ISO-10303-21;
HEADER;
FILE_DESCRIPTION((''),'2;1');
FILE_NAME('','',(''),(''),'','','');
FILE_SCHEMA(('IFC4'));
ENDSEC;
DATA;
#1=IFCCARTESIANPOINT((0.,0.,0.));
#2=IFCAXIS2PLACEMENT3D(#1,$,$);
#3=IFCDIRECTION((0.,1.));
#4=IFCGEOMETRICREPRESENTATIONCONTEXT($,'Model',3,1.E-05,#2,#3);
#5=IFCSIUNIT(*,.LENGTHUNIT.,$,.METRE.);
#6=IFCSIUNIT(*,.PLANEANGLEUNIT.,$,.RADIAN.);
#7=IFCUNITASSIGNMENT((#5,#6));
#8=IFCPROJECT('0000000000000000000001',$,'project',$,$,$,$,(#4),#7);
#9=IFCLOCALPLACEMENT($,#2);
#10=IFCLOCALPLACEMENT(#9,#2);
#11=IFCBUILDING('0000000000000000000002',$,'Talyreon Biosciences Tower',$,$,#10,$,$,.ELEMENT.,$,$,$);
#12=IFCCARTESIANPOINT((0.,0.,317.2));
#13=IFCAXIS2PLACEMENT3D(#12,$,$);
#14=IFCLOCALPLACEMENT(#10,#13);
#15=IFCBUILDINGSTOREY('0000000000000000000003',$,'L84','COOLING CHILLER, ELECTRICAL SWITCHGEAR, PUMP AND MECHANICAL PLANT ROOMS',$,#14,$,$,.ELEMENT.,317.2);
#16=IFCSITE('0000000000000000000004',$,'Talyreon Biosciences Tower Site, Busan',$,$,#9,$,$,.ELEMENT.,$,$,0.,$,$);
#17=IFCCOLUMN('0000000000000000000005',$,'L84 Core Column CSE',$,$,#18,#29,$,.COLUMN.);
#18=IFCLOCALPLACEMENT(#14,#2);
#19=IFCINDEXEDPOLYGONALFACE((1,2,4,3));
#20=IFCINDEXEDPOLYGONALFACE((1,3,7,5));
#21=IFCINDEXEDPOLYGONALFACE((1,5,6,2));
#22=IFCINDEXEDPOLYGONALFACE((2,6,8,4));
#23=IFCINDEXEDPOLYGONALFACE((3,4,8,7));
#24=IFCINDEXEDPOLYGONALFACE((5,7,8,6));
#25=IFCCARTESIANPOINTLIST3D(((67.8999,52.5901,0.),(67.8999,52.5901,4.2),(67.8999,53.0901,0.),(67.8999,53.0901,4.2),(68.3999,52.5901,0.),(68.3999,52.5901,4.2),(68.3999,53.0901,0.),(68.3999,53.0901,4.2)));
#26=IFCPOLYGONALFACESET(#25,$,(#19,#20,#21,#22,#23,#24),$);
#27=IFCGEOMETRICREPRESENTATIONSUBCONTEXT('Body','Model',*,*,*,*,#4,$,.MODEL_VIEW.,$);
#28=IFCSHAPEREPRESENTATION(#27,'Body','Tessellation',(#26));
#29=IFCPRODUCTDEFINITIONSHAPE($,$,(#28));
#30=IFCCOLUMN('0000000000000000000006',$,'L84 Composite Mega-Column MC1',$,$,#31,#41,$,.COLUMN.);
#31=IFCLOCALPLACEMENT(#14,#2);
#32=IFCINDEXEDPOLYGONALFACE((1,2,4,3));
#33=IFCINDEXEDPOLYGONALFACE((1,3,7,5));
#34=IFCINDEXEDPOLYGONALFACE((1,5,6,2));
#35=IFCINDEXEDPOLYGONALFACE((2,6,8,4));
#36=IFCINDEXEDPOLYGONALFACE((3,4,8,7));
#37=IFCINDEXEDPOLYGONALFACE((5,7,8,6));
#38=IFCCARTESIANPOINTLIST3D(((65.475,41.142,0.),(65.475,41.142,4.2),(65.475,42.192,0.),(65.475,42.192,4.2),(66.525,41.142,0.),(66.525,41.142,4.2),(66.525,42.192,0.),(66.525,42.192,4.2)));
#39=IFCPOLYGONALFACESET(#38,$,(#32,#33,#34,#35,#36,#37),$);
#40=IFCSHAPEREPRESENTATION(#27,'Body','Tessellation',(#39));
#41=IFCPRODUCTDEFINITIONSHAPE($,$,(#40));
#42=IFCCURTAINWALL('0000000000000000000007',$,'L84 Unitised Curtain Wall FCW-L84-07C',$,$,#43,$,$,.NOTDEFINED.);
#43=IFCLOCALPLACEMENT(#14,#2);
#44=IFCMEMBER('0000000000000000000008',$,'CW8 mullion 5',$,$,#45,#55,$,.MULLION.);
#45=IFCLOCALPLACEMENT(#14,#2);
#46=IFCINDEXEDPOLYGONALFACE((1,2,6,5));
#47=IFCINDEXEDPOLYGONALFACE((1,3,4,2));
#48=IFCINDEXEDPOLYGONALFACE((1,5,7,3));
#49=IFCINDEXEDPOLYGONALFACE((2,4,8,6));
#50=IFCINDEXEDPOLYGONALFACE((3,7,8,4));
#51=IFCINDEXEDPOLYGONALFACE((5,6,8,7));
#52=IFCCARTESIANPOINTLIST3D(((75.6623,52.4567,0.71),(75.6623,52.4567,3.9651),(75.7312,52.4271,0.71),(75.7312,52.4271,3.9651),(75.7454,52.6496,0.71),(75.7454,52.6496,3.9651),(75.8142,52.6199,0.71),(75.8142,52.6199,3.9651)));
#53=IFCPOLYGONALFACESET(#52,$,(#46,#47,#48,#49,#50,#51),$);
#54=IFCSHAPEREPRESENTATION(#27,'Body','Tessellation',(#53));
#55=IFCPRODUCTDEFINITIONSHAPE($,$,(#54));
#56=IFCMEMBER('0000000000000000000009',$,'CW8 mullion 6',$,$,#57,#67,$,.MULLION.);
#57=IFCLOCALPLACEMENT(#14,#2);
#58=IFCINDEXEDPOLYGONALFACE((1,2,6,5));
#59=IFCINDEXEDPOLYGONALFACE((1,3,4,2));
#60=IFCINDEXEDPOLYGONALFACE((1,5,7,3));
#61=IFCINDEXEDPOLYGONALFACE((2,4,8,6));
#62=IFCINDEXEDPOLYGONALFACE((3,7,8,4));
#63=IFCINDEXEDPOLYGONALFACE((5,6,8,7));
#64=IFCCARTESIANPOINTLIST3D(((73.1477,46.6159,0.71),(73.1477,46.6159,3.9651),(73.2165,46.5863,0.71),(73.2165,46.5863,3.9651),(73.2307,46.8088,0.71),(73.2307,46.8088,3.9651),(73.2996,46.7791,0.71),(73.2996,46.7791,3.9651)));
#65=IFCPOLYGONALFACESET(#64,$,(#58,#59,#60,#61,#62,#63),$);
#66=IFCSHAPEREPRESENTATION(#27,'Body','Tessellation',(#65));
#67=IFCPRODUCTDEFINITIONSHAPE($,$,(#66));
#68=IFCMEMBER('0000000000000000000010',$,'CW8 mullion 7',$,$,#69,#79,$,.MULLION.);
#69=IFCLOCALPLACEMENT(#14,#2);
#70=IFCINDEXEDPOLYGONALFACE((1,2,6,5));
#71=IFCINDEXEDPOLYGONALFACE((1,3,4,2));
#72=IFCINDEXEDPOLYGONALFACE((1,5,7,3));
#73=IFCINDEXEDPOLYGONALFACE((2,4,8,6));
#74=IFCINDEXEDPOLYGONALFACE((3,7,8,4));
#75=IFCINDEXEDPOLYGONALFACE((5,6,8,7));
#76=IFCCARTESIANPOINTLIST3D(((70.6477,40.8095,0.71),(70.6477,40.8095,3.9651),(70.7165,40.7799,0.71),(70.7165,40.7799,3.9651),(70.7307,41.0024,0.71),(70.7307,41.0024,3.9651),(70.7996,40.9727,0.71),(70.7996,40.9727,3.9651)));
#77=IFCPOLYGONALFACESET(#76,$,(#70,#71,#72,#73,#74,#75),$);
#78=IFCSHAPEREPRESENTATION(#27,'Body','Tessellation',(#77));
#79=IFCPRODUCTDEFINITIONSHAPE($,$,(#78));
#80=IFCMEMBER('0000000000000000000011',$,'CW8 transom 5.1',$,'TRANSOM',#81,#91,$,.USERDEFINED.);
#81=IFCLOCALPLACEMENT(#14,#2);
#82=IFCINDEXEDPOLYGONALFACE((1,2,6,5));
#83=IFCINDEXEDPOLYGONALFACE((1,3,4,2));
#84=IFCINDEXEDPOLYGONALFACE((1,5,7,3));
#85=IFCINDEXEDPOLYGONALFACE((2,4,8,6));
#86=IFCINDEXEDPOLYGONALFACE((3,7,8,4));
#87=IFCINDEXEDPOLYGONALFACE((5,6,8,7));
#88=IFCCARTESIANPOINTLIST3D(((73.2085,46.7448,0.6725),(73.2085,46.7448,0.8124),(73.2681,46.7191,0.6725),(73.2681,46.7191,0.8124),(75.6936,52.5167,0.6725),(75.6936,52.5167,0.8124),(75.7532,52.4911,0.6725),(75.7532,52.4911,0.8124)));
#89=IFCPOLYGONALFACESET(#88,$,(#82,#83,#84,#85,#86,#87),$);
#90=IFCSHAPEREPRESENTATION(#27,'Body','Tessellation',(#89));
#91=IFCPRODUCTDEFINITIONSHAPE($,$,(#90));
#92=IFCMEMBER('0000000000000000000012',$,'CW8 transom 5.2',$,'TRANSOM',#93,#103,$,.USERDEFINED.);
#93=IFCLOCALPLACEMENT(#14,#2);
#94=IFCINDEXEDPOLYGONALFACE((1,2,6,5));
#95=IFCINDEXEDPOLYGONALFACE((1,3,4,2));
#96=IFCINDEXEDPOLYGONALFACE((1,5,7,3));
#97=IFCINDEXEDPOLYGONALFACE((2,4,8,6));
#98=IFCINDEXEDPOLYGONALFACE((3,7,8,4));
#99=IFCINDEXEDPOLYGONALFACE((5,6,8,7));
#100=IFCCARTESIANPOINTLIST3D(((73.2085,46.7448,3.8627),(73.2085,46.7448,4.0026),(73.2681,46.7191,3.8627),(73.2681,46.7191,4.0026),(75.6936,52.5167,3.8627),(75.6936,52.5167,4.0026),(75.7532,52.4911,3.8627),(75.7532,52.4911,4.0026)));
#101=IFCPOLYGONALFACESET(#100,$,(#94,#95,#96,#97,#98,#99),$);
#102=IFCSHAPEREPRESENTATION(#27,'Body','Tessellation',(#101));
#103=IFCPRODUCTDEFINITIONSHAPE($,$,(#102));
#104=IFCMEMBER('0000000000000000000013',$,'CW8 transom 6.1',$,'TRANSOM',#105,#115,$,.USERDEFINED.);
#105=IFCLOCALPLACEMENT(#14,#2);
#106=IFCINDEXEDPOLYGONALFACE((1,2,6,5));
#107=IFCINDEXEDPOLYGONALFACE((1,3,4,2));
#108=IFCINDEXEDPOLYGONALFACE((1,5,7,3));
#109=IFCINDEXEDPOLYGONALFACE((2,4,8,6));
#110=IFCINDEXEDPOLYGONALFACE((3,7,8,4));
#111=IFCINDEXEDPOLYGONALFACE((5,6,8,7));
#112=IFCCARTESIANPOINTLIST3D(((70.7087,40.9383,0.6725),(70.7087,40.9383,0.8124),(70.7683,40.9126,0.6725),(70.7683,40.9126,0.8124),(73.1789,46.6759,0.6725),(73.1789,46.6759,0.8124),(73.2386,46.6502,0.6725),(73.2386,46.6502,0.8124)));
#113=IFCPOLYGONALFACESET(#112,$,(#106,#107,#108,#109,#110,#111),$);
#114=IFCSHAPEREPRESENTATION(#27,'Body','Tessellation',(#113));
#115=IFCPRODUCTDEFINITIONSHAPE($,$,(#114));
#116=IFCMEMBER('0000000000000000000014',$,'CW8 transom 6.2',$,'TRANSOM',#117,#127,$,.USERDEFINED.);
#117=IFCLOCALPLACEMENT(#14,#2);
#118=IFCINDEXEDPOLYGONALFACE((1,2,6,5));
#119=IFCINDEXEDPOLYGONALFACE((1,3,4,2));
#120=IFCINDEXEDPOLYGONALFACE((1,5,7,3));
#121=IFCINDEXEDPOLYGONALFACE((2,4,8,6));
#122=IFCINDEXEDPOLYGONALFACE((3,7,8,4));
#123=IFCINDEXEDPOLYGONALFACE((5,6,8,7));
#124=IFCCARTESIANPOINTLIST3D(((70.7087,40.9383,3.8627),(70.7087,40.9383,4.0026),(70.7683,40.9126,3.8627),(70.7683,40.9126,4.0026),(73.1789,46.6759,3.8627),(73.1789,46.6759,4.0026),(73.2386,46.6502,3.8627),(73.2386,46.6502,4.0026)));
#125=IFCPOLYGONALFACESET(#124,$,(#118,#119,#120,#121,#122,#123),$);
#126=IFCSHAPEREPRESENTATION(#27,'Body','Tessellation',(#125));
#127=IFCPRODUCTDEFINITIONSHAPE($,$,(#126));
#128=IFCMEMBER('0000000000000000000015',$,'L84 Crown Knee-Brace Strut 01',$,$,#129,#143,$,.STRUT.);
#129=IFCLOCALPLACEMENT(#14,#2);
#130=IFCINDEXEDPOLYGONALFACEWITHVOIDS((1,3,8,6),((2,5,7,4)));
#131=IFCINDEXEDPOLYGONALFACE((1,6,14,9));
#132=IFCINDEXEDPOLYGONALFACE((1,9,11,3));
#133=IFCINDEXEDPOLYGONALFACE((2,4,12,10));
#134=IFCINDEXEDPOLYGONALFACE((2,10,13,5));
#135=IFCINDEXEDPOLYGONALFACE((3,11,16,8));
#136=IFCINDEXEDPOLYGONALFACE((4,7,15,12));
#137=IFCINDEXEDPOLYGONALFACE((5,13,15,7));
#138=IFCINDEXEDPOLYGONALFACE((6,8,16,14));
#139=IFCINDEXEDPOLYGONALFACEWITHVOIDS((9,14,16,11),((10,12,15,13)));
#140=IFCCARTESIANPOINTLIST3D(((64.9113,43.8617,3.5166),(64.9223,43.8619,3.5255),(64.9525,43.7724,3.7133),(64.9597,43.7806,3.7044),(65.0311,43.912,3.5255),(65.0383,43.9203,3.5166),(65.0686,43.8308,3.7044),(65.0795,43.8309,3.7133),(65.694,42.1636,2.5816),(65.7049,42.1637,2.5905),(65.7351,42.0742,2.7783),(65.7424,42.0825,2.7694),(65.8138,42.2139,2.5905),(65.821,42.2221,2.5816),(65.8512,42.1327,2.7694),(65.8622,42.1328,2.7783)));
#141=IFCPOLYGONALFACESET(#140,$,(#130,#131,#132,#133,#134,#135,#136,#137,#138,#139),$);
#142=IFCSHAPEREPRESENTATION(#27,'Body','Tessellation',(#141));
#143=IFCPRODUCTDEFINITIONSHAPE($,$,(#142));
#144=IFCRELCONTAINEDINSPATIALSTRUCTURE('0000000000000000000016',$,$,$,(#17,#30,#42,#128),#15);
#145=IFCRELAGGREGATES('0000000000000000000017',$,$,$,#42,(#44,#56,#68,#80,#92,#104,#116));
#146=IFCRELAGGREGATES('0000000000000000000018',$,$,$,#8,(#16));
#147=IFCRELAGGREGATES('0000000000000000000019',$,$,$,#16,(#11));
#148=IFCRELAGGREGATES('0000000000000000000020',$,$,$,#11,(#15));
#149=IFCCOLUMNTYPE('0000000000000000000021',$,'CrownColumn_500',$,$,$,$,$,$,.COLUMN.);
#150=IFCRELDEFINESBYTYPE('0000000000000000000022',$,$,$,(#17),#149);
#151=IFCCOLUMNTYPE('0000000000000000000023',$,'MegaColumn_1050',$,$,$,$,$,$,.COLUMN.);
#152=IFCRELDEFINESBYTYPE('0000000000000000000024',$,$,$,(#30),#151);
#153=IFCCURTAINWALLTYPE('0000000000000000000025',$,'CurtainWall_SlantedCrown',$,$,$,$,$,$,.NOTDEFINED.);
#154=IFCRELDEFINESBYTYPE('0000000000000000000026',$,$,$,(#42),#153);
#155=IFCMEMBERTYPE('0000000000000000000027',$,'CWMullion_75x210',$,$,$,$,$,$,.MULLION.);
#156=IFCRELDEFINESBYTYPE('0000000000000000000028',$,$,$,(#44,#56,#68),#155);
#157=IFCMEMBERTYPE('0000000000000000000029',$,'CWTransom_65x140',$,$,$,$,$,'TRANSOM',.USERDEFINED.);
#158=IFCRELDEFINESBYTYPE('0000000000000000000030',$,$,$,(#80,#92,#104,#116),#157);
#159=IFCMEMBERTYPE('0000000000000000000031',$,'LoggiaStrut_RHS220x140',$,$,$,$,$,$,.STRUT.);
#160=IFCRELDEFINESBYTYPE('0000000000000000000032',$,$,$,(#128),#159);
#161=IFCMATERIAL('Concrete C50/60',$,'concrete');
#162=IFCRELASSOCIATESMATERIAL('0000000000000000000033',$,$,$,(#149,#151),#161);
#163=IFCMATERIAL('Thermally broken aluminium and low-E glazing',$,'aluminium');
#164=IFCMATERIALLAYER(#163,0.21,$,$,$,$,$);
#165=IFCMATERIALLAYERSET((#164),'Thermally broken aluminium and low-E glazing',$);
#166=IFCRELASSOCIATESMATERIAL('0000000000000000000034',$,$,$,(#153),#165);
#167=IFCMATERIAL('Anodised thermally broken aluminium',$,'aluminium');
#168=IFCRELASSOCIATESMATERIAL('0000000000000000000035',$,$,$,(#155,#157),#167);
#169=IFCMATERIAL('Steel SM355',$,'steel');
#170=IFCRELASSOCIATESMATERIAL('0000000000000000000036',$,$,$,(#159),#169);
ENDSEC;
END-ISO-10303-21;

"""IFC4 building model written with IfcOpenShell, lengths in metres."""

from ifc_helpers import new_model, si_unit, direction, frame, origin, origin_2d, place, context, subcontext, project, spatial, rectangle, hollow_rectangle, extrude, material, layer, layer_set, material_profile, profile_set, type_object, element, aggregate, save


model = new_model("IFC4")

# Units and contexts
model_context = context("Model", 3, precision=1e-05, world=origin(), true_north=direction((0.0, 1.0)))
body_context = subcontext(model_context, "Body", "Model", "MODEL_VIEW")
ifc_project = project(units=[si_unit("LENGTHUNIT", "METRE"), si_unit("PLANEANGLEUNIT", "RADIAN")], contexts=[model_context])

# Site, building, storey
site_placement = place(None, origin())
site = spatial("IfcSite", under=ifc_project, at=site_placement, Name="Talyreon Biosciences Tower Site, Busan", CompositionType="ELEMENT", RefElevation=0.0)
building_placement = place(site_placement, origin())
building = spatial("IfcBuilding", under=site, at=building_placement, Name="Talyreon Biosciences Tower", CompositionType="ELEMENT")
storey_placement = place(building_placement, frame((0.0, 0.0, 317.2)))
storey = spatial("IfcBuildingStorey", under=building, at=storey_placement, Name="L84", Description="COOLING CHILLER, ELECTRICAL SWITCHGEAR, PUMP AND MECHANICAL PLANT ROOMS", CompositionType="ELEMENT", Elevation=317.2)

# Columns
ifc_material_1 = material(Name="Concrete C50/60", Category="concrete")
ifc_material_profile_1 = material_profile(ifc_material_1, rectangle(XDim=0.5, YDim=0.5, at=origin_2d()), Name="RC 500x500")
ifc_profile_set_1 = profile_set([ifc_material_profile_1], Name="Concrete C50/60")
column_type_1 = type_object("IfcColumnType", Name="CrownColumn_500", PredefinedType="COLUMN", material=ifc_profile_set_1)
column_1_placement = place(storey_placement, frame((68.1499, 52.8401, 0.0), z_axis=(0.0, 0.0, 1.0), x_axis=(1.0, 0.0, 0.0)))
element("IfcColumn", 1, at=column_1_placement, inside=storey, type_object=column_type_1, Name="L84 Core Column CSE", PredefinedType="COLUMN", context=body_context, shape_type="SweptSolid", body=[
    extrude(rectangle(XDim=0.5, YDim=0.5, at=origin_2d()), origin(), (0.0, 0.0, 1.0), 4.2),
])
ifc_material_profile_2 = material_profile(ifc_material_1, rectangle(XDim=1.05, YDim=1.05, at=origin_2d()), Name="RC 1050x1050")
ifc_profile_set_2 = profile_set([ifc_material_profile_2], Name="Concrete C50/60")
column_type_2 = type_object("IfcColumnType", Name="MegaColumn_1050", PredefinedType="COLUMN", material=ifc_profile_set_2)
column_2_placement = place(storey_placement, frame((66.0, 41.667, 0.0), z_axis=(0.0, 0.0, 1.0), x_axis=(1.0, 0.0, 0.0)))
element("IfcColumn", 2, at=column_2_placement, inside=storey, type_object=column_type_2, Name="L84 Composite Mega-Column MC1", PredefinedType="COLUMN", context=body_context, shape_type="SweptSolid", body=[
    extrude(rectangle(XDim=1.05, YDim=1.05, at=origin_2d()), origin(), (0.0, 0.0, 1.0), 4.2),
])

# Curtain wall, members
ifc_material_2 = material(Name="Thermally broken aluminium and low-E glazing", Category="aluminium")
ifc_layer_1 = layer(ifc_material_2, 0.21)
ifc_layer_set_1 = layer_set([ifc_layer_1], Name="Thermally broken aluminium and low-E glazing")
curtain_wall_type = type_object("IfcCurtainWallType", Name="CurtainWall_SlantedCrown", PredefinedType="NOTDEFINED", material=ifc_layer_set_1)
curtain_wall_placement = place(storey_placement, origin())
curtain_wall = element("IfcCurtainWall", 3, at=curtain_wall_placement, inside=storey, type_object=curtain_wall_type, Name="L84 Unitised Curtain Wall FCW-L84-07C", PredefinedType="NOTDEFINED")
ifc_material_3 = material(Name="Anodised thermally broken aluminium", Category="aluminium")
ifc_material_profile_3 = material_profile(ifc_material_3, rectangle(XDim=0.075, YDim=0.21, at=origin_2d()), Name="ALUM MULLION 75x210")
ifc_profile_set_3 = profile_set([ifc_material_profile_3], Name="Anodised thermally broken aluminium")
member_type_1 = type_object("IfcMemberType", Name="CWMullion_75x210", PredefinedType="MULLION", material=ifc_profile_set_3)
member_1_placement = place(storey_placement, frame((75.7383, 52.5383, 0.71), z_axis=(0.0, 0.0, 1.0), x_axis=(0.918487, -0.395451, 0.0)))
member_1 = element("IfcMember", 4, at=member_1_placement, type_object=member_type_1, Name="CW8 mullion 5", PredefinedType="MULLION", context=body_context, shape_type="SweptSolid", body=[
    extrude(rectangle(XDim=0.075, YDim=0.21, at=origin_2d()), origin(), (0.0, 0.0, 1.0), 3.2551),
])
member_2_placement = place(storey_placement, frame((73.2236, 46.6975, 0.71), z_axis=(0.0, 0.0, 1.0), x_axis=(0.918487, -0.395451, 0.0)))
member_2 = element("IfcMember", 5, at=member_2_placement, type_object=member_type_1, Name="CW8 mullion 6", PredefinedType="MULLION", context=body_context, shape_type="SweptSolid", body=[
    extrude(rectangle(XDim=0.075, YDim=0.21, at=origin_2d()), origin(), (0.0, 0.0, 1.0), 3.2551),
])
member_3_placement = place(storey_placement, frame((70.7236, 40.8911, 0.71), z_axis=(0.0, 0.0, 1.0), x_axis=(0.918487, -0.395451, 0.0)))
member_3 = element("IfcMember", 6, at=member_3_placement, type_object=member_type_1, Name="CW8 mullion 7", PredefinedType="MULLION", context=body_context, shape_type="SweptSolid", body=[
    extrude(rectangle(XDim=0.075, YDim=0.21, at=origin_2d()), origin(), (0.0, 0.0, 1.0), 3.2551),
])
ifc_material_profile_4 = material_profile(ifc_material_3, rectangle(XDim=0.0649, YDim=0.1399, at=origin_2d()), Name="ALUM TRANSOM 65x140")
ifc_profile_set_4 = profile_set([ifc_material_profile_4], Name="Anodised thermally broken aluminium")
member_type_2 = type_object("IfcMemberType", Name="CWTransom_65x140", ElementType="TRANSOM", PredefinedType="USERDEFINED", material=ifc_profile_set_4)
member_4_placement = place(storey_placement, frame((75.7234, 52.5039, 0.7424), z_axis=(-0.395452, -0.918487, 0.0), x_axis=(0.918487, -0.395452, 0.0)))
member_4 = element("IfcMember", 7, at=member_4_placement, type_object=member_type_2, Name="CW8 transom 5.1", ObjectType="TRANSOM", PredefinedType="USERDEFINED", context=body_context, shape_type="SweptSolid", body=[
    extrude(rectangle(XDim=0.0649, YDim=0.1399, at=origin_2d()), origin(), (0.0, 0.0, 1.0), 6.2842),
])
member_5_placement = place(storey_placement, frame((75.7234, 52.5039, 3.9326), z_axis=(-0.395452, -0.918487, 0.0), x_axis=(0.918487, -0.395452, 0.0)))
member_5 = element("IfcMember", 8, at=member_5_placement, type_object=member_type_2, Name="CW8 transom 5.2", ObjectType="TRANSOM", PredefinedType="USERDEFINED", context=body_context, shape_type="SweptSolid", body=[
    extrude(rectangle(XDim=0.0649, YDim=0.1399, at=origin_2d()), origin(), (0.0, 0.0, 1.0), 6.2842),
])
member_6_placement = place(storey_placement, frame((73.2087, 46.6631, 0.7424), z_axis=(-0.395442, -0.918491, 0.0), x_axis=(0.918491, -0.395442, 0.0)))
member_6 = element("IfcMember", 9, at=member_6_placement, type_object=member_type_2, Name="CW8 transom 6.1", ObjectType="TRANSOM", PredefinedType="USERDEFINED", context=body_context, shape_type="SweptSolid", body=[
    extrude(rectangle(XDim=0.0649, YDim=0.1399, at=origin_2d()), origin(), (0.0, 0.0, 1.0), 6.2468),
])
member_7_placement = place(storey_placement, frame((73.2087, 46.6631, 3.9326), z_axis=(-0.395442, -0.918491, 0.0), x_axis=(0.918491, -0.395442, 0.0)))
member_7 = element("IfcMember", 10, at=member_7_placement, type_object=member_type_2, Name="CW8 transom 6.2", ObjectType="TRANSOM", PredefinedType="USERDEFINED", context=body_context, shape_type="SweptSolid", body=[
    extrude(rectangle(XDim=0.0649, YDim=0.1399, at=origin_2d()), origin(), (0.0, 0.0, 1.0), 6.2468),
])

# Member
ifc_material_4 = material(Name="Steel SM355", Category="steel")
ifc_material_profile_5 = material_profile(ifc_material_4, hollow_rectangle(XDim=0.1399, YDim=0.22, WallThickness=0.01, at=origin_2d()), Name="RHS 220x140x10")
ifc_profile_set_5 = profile_set([ifc_material_profile_5], Name="Steel SM355")
member_type_3 = type_object("IfcMemberType", Name="LoggiaStrut_RHS220x140", PredefinedType="STRUT", material=ifc_profile_set_5)
member_8_placement = place(storey_placement, frame((65.7781, 42.1482, 2.6799), z_axis=(-0.37438, 0.812286, 0.447248), x_axis=(-0.908181, -0.418578, 0.0)))
element("IfcMember", 11, at=member_8_placement, inside=storey, type_object=member_type_3, Name="L84 Crown Knee-Brace Strut 01", PredefinedType="STRUT", context=body_context, shape_type="SweptSolid", body=[
    extrude(hollow_rectangle(XDim=0.1399, YDim=0.22, WallThickness=0.01, at=origin_2d()), origin(), (0.0, 0.0, 1.0), 2.0906),
])

aggregate(curtain_wall, [member_1, member_2, member_3, member_4, member_5, member_6, member_7])

save(model, "model.ifc")
